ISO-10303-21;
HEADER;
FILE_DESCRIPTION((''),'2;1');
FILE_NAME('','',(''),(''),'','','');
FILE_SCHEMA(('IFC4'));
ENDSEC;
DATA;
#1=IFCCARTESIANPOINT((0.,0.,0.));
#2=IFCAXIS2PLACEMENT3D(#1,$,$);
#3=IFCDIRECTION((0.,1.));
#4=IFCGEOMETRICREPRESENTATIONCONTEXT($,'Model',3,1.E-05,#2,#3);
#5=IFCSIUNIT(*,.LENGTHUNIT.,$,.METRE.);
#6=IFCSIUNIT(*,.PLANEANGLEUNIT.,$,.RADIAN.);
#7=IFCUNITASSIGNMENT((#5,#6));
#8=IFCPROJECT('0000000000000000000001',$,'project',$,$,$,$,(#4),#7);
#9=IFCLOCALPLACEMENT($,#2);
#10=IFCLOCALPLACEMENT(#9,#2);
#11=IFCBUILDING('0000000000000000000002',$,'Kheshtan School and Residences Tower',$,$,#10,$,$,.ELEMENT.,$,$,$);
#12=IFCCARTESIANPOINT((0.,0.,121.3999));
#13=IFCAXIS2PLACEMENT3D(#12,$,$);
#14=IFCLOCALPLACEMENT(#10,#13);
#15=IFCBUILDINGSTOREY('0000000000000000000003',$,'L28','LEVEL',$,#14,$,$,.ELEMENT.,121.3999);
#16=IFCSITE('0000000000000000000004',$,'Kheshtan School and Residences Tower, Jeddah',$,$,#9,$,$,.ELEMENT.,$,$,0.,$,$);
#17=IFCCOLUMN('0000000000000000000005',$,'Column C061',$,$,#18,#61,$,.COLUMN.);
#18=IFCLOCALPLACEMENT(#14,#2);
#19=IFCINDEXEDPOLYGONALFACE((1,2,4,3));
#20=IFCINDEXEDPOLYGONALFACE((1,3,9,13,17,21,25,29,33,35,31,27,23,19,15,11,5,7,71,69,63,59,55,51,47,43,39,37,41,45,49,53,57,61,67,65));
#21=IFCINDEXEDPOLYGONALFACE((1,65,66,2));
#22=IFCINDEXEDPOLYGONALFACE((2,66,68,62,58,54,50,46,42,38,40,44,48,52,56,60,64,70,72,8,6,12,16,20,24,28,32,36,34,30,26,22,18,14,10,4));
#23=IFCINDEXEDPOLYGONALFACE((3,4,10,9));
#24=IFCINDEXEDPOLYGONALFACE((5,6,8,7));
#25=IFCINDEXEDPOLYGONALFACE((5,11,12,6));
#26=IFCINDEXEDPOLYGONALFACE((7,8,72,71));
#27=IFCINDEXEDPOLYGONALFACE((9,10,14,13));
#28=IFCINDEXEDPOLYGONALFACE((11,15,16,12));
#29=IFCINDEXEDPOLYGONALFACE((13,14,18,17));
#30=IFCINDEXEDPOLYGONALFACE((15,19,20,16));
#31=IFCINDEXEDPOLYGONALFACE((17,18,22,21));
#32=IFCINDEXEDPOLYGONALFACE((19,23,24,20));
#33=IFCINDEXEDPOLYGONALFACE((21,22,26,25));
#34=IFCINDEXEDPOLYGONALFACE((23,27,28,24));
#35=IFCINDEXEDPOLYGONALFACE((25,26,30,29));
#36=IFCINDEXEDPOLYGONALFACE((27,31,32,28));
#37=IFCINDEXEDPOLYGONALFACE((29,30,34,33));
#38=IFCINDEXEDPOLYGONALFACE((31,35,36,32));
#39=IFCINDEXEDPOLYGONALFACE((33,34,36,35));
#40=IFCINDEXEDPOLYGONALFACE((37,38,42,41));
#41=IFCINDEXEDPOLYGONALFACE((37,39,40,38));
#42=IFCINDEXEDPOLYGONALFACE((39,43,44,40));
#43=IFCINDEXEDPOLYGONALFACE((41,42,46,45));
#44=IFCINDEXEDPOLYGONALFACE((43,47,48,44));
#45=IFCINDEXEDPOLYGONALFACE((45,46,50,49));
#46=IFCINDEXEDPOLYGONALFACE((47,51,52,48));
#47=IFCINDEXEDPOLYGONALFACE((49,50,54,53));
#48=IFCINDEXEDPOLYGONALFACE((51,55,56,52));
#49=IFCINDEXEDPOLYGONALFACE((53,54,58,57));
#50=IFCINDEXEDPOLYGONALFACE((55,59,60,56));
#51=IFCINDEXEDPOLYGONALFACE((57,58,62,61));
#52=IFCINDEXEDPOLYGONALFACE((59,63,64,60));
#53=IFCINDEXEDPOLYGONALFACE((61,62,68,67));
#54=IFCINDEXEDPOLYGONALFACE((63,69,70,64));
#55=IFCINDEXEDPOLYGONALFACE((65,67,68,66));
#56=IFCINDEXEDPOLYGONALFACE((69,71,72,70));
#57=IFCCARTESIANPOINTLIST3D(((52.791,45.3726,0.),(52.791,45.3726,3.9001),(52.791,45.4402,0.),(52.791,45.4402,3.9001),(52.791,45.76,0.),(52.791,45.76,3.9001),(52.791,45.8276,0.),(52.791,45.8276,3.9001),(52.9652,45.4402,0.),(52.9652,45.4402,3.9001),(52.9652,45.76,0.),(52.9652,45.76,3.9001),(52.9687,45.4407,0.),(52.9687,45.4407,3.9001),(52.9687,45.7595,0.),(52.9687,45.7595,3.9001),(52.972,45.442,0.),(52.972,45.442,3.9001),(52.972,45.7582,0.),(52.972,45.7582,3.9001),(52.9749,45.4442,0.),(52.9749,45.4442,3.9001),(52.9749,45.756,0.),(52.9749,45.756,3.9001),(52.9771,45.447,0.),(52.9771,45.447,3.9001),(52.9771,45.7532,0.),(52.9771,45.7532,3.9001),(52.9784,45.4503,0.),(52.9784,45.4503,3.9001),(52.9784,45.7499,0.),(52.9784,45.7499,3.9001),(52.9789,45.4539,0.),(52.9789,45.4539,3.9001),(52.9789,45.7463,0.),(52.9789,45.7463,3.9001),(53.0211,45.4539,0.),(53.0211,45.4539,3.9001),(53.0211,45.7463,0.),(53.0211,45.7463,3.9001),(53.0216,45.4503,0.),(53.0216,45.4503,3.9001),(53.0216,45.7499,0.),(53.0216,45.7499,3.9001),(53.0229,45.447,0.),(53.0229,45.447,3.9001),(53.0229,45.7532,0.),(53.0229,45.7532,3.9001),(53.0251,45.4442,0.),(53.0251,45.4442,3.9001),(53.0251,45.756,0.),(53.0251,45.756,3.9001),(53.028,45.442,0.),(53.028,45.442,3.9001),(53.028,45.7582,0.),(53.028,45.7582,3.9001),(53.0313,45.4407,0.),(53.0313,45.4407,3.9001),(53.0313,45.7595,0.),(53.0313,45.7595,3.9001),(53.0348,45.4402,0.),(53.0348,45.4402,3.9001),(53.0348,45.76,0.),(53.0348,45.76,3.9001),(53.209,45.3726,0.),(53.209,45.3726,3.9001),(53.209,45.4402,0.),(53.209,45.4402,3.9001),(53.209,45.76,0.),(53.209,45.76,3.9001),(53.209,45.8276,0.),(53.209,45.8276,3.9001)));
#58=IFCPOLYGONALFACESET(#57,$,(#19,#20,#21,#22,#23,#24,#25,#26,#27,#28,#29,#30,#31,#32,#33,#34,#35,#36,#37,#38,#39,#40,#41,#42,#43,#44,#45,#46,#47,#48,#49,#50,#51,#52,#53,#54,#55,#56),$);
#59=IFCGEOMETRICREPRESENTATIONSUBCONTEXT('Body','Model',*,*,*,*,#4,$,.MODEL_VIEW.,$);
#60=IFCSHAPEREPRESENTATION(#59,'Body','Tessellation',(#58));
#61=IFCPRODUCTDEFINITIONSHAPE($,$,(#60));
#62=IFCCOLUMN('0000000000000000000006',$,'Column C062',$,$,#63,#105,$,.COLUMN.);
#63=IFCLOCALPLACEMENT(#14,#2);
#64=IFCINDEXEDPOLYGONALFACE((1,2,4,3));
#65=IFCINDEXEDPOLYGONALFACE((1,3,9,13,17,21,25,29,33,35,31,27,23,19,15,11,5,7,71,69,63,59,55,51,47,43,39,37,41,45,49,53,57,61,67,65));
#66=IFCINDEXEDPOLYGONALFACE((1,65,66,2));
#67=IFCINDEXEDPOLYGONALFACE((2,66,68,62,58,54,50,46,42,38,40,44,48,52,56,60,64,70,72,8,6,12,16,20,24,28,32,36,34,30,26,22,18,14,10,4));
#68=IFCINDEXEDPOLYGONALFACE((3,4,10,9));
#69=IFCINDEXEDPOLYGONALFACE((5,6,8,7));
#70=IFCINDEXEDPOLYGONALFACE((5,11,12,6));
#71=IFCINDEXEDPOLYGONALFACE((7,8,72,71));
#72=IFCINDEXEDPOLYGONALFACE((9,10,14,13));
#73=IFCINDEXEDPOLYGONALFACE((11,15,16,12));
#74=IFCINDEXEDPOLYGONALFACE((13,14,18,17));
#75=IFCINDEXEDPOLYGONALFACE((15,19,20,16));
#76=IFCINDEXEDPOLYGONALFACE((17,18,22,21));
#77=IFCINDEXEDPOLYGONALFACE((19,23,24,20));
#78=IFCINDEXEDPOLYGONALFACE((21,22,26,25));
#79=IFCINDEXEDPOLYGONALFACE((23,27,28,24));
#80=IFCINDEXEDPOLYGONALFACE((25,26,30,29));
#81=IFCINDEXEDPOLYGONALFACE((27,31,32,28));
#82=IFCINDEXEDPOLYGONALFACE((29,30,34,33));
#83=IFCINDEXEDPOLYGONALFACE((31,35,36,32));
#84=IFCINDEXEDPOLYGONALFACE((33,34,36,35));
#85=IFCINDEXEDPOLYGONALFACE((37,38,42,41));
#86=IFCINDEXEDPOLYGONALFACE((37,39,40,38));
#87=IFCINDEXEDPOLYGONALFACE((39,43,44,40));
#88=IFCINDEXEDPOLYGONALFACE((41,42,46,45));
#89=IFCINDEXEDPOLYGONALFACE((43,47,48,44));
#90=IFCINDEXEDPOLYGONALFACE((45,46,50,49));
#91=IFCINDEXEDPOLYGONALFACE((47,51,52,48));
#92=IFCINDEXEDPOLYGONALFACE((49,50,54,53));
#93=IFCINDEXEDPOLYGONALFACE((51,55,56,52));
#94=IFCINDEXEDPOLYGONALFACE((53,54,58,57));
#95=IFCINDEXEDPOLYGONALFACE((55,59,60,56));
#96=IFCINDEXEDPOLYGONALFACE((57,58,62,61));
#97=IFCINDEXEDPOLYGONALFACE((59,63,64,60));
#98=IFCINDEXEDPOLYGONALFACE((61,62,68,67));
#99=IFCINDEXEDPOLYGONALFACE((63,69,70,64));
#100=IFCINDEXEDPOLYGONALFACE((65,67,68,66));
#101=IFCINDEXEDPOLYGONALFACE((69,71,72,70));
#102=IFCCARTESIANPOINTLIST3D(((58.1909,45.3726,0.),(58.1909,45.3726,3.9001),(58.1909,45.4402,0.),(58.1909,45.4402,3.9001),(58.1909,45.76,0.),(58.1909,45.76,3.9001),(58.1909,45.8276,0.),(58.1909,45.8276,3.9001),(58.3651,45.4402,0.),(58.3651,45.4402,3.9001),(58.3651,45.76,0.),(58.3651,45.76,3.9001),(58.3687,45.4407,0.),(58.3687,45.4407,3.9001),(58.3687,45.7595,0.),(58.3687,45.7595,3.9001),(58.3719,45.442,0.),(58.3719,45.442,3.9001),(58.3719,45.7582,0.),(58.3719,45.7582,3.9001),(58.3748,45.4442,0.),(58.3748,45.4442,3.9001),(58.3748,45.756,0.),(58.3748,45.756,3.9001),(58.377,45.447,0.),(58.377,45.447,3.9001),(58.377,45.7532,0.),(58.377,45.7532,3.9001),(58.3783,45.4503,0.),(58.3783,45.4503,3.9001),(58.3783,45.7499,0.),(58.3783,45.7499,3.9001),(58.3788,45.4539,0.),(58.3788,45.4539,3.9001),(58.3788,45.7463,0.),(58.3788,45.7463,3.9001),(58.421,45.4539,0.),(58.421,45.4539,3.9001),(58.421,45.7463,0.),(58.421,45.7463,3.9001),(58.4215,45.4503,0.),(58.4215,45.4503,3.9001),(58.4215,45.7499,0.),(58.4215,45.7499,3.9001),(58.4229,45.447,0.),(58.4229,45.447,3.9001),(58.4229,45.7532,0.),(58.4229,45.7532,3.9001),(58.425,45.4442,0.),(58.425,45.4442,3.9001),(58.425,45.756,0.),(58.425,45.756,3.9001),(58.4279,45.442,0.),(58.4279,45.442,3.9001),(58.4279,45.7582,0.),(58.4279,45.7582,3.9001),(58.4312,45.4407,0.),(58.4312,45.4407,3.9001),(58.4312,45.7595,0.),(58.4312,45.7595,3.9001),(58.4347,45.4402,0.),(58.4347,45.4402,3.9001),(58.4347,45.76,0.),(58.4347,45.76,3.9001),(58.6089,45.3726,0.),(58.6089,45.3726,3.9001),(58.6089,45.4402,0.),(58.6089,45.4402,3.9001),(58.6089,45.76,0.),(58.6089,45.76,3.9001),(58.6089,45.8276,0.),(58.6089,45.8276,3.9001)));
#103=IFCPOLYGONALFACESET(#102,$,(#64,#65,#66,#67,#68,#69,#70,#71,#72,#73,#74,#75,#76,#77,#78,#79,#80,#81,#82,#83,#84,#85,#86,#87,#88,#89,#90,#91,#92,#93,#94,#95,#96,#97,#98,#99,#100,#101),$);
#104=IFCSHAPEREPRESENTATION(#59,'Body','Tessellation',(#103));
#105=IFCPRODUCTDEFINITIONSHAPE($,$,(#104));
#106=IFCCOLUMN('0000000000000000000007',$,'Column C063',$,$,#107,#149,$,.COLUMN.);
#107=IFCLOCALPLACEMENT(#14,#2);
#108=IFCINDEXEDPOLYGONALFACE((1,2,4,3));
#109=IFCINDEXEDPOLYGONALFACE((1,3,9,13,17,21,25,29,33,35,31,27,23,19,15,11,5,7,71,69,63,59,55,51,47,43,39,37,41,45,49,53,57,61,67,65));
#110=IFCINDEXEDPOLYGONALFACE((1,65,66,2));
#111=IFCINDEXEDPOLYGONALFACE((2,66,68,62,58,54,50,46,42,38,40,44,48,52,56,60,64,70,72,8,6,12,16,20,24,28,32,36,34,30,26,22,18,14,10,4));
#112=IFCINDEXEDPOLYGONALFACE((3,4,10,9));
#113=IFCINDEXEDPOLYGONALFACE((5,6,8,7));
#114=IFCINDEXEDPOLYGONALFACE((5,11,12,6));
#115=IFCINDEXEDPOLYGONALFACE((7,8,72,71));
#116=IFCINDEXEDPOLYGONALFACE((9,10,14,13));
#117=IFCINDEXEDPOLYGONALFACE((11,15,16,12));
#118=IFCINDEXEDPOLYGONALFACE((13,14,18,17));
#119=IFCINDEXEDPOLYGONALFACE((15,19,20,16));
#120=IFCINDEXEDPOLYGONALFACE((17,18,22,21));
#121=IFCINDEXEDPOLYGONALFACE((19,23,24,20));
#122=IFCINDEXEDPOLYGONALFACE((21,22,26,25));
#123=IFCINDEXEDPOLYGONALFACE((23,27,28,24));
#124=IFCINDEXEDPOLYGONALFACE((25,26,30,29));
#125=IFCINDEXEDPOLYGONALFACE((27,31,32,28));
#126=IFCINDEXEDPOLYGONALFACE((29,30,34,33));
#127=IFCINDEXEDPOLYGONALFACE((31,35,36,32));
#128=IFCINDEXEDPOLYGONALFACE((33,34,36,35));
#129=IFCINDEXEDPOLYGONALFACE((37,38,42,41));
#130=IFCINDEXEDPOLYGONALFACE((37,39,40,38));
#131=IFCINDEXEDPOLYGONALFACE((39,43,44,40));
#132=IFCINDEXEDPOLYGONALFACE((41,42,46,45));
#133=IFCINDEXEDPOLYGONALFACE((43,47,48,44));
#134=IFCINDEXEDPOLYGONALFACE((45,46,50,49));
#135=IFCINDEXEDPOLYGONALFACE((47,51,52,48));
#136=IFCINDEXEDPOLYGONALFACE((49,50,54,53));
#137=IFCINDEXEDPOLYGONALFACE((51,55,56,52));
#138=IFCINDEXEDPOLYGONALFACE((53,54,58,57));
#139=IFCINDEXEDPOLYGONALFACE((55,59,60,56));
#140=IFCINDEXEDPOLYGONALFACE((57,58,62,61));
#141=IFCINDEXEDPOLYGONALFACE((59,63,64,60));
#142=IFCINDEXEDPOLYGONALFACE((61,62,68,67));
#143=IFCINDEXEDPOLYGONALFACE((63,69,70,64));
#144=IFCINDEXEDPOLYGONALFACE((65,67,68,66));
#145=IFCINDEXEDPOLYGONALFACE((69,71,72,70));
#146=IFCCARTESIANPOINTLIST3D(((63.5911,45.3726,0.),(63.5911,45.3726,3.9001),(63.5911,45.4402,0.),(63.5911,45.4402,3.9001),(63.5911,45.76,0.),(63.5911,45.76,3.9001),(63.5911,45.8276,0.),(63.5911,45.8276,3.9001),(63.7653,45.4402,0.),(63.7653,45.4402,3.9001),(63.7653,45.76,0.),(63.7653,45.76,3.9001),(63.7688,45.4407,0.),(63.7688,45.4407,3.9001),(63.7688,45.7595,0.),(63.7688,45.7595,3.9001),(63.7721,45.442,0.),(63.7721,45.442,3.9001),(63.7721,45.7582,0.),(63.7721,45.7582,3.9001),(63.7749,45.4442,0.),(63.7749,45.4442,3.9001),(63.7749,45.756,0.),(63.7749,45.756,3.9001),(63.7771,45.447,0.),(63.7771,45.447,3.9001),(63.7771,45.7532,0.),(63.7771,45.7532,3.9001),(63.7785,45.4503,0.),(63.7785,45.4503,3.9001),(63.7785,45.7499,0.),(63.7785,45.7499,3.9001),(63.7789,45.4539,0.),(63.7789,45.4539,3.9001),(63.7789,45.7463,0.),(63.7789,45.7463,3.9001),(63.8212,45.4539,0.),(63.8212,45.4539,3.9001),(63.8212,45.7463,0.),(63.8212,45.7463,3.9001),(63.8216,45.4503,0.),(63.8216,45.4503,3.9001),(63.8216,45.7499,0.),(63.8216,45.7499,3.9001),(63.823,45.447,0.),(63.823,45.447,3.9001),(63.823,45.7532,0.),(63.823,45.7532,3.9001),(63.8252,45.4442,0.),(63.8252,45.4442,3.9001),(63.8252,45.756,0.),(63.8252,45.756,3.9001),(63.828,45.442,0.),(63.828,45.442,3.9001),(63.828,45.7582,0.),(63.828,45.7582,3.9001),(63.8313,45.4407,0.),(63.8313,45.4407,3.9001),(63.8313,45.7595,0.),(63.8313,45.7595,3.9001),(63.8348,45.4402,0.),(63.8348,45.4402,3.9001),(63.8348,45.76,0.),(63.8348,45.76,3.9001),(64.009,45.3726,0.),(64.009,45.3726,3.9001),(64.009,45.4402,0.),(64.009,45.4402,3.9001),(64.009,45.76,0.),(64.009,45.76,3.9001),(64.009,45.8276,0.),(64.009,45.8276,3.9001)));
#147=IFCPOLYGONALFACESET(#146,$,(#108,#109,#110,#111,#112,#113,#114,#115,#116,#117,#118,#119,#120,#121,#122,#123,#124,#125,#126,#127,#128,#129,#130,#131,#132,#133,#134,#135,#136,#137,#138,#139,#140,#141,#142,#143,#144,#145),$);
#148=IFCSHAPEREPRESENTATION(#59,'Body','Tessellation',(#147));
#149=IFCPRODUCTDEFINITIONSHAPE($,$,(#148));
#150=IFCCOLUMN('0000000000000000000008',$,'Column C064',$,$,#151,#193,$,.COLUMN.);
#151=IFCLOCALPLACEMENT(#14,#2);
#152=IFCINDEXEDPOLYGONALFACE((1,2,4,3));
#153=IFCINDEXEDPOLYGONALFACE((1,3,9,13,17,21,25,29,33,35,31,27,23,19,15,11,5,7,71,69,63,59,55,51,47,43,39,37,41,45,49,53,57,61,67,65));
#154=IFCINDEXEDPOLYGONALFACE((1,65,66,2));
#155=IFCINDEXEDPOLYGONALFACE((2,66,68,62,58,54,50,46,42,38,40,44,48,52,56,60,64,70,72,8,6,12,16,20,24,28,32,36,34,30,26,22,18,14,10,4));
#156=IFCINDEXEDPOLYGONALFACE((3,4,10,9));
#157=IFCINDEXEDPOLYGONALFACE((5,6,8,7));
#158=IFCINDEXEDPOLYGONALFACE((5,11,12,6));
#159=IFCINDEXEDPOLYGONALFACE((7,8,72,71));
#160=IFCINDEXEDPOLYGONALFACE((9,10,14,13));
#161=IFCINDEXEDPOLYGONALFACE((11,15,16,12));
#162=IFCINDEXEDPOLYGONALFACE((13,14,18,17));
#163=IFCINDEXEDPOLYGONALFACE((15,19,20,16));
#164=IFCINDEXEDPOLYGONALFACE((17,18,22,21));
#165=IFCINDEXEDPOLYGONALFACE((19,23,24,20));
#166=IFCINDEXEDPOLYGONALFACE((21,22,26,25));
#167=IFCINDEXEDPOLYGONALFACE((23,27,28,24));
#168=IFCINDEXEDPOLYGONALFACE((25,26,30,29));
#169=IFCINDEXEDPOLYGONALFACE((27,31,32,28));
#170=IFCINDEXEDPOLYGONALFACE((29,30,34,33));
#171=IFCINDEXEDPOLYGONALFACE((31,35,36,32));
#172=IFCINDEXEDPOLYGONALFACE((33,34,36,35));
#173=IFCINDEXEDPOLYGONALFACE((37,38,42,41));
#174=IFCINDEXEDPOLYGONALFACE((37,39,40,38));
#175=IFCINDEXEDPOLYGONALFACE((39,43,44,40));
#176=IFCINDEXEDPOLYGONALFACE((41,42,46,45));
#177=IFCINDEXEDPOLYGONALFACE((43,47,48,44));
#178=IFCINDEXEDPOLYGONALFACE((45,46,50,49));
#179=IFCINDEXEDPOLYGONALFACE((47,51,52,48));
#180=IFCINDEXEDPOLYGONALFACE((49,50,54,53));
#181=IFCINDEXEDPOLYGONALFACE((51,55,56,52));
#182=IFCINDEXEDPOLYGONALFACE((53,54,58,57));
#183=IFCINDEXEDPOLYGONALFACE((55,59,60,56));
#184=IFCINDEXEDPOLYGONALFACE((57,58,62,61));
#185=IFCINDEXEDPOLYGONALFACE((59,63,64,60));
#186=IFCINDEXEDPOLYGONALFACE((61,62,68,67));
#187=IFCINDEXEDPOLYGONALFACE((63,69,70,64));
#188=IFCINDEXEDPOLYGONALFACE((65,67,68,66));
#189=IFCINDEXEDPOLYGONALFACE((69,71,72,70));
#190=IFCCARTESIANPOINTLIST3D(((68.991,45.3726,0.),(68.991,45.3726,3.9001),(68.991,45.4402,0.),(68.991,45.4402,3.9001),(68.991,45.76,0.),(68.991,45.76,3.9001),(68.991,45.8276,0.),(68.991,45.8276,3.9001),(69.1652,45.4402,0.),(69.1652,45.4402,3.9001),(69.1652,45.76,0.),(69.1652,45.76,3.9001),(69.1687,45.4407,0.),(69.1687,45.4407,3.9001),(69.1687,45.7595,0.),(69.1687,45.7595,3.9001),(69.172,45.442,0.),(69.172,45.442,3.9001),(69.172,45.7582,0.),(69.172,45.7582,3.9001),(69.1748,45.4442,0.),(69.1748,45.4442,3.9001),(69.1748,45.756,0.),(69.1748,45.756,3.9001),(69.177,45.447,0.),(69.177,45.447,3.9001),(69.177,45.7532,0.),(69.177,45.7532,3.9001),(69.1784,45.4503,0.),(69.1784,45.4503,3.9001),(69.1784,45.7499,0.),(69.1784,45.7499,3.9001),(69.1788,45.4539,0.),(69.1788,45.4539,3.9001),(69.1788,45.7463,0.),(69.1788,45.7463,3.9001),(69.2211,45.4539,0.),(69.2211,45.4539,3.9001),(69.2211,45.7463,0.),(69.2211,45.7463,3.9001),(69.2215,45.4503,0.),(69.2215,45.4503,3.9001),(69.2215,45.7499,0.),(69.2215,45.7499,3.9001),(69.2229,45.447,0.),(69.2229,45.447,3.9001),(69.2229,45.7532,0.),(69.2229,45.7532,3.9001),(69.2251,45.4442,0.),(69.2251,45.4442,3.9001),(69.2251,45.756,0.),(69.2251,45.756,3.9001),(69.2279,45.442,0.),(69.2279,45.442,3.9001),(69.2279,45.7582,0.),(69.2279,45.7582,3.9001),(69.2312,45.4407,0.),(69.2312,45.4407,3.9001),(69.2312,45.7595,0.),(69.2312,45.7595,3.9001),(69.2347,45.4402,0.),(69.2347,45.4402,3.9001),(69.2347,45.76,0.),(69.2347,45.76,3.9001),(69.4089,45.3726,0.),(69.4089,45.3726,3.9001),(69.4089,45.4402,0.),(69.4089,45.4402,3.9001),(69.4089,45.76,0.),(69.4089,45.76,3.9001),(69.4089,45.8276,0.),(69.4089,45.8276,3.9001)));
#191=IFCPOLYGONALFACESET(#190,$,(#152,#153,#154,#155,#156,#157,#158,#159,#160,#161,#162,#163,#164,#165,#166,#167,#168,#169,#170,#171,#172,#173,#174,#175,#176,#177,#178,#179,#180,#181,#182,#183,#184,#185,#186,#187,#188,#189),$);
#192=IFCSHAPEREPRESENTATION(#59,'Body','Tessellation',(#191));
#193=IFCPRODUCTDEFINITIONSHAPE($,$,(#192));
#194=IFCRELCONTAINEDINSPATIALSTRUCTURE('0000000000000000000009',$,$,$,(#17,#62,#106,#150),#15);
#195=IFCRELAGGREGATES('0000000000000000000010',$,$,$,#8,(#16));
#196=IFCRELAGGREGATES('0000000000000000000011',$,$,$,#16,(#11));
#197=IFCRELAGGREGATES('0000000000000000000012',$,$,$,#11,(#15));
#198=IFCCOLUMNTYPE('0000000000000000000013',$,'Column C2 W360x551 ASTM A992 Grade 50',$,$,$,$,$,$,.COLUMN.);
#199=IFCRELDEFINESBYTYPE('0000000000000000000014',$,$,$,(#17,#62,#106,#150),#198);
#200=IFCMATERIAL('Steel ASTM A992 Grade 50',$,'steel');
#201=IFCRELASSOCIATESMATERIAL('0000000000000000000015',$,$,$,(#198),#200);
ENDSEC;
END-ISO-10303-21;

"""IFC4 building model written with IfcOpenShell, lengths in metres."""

from ifc_helpers import new_model, si_unit, direction, frame, origin, origin_2d, place, context, subcontext, project, spatial, i_section, extrude, material, material_profile, profile_set, type_object, element, save


model = new_model("IFC4")

# Units and contexts
model_context = context("Model", 3, precision=1e-05, world=origin(), true_north=direction((0.0, 1.0)))
body_context = subcontext(model_context, "Body", "Model", "MODEL_VIEW")
ifc_project = project(units=[si_unit("LENGTHUNIT", "METRE"), si_unit("PLANEANGLEUNIT", "RADIAN")], contexts=[model_context])

# Site, building, storey
site_placement = place(None, origin())
site = spatial("IfcSite", under=ifc_project, at=site_placement, Name="Kheshtan School and Residences Tower, Jeddah", CompositionType="ELEMENT", RefElevation=0.0)
building_placement = place(site_placement, origin())
building = spatial("IfcBuilding", under=site, at=building_placement, Name="Kheshtan School and Residences Tower", CompositionType="ELEMENT")
storey_placement = place(building_placement, frame((0.0, 0.0, 121.3999)))
storey = spatial("IfcBuildingStorey", under=building, at=storey_placement, Name="L28", Description="LEVEL", CompositionType="ELEMENT", Elevation=121.3999)

# Columns
ifc_material_1 = material(Name="Steel ASTM A992 Grade 50", Category="steel")
ifc_material_profile_1 = material_profile(ifc_material_1, i_section(OverallWidth=0.418, OverallDepth=0.4551, WebThickness=0.0422, FlangeThickness=0.0676, FilletRadius=0.0137, at=origin_2d()), Name="W360x551")
ifc_profile_set_1 = profile_set([ifc_material_profile_1], Name="Steel ASTM A992 Grade 50")
column_type = type_object("IfcColumnType", Name="Column C2 W360x551 ASTM A992 Grade 50", PredefinedType="COLUMN", material=ifc_profile_set_1)
for number, where, z_axis, x_axis, name in (
    (1, (53.0, 45.6001, 0.0), (0.0, 0.0, 1.0), (1.0, 0.0, 0.0), "Column C061"),
    (2, (58.3999, 45.6001, 0.0), (0.0, 0.0, 1.0), (1.0, 0.0, 0.0), "Column C062"),
    (3, (63.8, 45.6001, 0.0), (0.0, 0.0, 1.0), (1.0, 0.0, 0.0), "Column C063"),
    (4, (69.2, 45.6001, 0.0), (0.0, 0.0, 1.0), (1.0, 0.0, 0.0), "Column C064"),
):
    element("IfcColumn", number, at=place(storey_placement, frame(where, z_axis=z_axis, x_axis=x_axis)), inside=storey, type_object=column_type, Name=name, PredefinedType="COLUMN", context=body_context, shape_type="SweptSolid", body=[
        extrude(i_section(OverallWidth=0.418, OverallDepth=0.4551, WebThickness=0.0422, FlangeThickness=0.0676, FilletRadius=0.0137, at=origin_2d()), origin(), (0.0, 0.0, 1.0), 3.9001),
    ])

save(model, "model.ifc")
